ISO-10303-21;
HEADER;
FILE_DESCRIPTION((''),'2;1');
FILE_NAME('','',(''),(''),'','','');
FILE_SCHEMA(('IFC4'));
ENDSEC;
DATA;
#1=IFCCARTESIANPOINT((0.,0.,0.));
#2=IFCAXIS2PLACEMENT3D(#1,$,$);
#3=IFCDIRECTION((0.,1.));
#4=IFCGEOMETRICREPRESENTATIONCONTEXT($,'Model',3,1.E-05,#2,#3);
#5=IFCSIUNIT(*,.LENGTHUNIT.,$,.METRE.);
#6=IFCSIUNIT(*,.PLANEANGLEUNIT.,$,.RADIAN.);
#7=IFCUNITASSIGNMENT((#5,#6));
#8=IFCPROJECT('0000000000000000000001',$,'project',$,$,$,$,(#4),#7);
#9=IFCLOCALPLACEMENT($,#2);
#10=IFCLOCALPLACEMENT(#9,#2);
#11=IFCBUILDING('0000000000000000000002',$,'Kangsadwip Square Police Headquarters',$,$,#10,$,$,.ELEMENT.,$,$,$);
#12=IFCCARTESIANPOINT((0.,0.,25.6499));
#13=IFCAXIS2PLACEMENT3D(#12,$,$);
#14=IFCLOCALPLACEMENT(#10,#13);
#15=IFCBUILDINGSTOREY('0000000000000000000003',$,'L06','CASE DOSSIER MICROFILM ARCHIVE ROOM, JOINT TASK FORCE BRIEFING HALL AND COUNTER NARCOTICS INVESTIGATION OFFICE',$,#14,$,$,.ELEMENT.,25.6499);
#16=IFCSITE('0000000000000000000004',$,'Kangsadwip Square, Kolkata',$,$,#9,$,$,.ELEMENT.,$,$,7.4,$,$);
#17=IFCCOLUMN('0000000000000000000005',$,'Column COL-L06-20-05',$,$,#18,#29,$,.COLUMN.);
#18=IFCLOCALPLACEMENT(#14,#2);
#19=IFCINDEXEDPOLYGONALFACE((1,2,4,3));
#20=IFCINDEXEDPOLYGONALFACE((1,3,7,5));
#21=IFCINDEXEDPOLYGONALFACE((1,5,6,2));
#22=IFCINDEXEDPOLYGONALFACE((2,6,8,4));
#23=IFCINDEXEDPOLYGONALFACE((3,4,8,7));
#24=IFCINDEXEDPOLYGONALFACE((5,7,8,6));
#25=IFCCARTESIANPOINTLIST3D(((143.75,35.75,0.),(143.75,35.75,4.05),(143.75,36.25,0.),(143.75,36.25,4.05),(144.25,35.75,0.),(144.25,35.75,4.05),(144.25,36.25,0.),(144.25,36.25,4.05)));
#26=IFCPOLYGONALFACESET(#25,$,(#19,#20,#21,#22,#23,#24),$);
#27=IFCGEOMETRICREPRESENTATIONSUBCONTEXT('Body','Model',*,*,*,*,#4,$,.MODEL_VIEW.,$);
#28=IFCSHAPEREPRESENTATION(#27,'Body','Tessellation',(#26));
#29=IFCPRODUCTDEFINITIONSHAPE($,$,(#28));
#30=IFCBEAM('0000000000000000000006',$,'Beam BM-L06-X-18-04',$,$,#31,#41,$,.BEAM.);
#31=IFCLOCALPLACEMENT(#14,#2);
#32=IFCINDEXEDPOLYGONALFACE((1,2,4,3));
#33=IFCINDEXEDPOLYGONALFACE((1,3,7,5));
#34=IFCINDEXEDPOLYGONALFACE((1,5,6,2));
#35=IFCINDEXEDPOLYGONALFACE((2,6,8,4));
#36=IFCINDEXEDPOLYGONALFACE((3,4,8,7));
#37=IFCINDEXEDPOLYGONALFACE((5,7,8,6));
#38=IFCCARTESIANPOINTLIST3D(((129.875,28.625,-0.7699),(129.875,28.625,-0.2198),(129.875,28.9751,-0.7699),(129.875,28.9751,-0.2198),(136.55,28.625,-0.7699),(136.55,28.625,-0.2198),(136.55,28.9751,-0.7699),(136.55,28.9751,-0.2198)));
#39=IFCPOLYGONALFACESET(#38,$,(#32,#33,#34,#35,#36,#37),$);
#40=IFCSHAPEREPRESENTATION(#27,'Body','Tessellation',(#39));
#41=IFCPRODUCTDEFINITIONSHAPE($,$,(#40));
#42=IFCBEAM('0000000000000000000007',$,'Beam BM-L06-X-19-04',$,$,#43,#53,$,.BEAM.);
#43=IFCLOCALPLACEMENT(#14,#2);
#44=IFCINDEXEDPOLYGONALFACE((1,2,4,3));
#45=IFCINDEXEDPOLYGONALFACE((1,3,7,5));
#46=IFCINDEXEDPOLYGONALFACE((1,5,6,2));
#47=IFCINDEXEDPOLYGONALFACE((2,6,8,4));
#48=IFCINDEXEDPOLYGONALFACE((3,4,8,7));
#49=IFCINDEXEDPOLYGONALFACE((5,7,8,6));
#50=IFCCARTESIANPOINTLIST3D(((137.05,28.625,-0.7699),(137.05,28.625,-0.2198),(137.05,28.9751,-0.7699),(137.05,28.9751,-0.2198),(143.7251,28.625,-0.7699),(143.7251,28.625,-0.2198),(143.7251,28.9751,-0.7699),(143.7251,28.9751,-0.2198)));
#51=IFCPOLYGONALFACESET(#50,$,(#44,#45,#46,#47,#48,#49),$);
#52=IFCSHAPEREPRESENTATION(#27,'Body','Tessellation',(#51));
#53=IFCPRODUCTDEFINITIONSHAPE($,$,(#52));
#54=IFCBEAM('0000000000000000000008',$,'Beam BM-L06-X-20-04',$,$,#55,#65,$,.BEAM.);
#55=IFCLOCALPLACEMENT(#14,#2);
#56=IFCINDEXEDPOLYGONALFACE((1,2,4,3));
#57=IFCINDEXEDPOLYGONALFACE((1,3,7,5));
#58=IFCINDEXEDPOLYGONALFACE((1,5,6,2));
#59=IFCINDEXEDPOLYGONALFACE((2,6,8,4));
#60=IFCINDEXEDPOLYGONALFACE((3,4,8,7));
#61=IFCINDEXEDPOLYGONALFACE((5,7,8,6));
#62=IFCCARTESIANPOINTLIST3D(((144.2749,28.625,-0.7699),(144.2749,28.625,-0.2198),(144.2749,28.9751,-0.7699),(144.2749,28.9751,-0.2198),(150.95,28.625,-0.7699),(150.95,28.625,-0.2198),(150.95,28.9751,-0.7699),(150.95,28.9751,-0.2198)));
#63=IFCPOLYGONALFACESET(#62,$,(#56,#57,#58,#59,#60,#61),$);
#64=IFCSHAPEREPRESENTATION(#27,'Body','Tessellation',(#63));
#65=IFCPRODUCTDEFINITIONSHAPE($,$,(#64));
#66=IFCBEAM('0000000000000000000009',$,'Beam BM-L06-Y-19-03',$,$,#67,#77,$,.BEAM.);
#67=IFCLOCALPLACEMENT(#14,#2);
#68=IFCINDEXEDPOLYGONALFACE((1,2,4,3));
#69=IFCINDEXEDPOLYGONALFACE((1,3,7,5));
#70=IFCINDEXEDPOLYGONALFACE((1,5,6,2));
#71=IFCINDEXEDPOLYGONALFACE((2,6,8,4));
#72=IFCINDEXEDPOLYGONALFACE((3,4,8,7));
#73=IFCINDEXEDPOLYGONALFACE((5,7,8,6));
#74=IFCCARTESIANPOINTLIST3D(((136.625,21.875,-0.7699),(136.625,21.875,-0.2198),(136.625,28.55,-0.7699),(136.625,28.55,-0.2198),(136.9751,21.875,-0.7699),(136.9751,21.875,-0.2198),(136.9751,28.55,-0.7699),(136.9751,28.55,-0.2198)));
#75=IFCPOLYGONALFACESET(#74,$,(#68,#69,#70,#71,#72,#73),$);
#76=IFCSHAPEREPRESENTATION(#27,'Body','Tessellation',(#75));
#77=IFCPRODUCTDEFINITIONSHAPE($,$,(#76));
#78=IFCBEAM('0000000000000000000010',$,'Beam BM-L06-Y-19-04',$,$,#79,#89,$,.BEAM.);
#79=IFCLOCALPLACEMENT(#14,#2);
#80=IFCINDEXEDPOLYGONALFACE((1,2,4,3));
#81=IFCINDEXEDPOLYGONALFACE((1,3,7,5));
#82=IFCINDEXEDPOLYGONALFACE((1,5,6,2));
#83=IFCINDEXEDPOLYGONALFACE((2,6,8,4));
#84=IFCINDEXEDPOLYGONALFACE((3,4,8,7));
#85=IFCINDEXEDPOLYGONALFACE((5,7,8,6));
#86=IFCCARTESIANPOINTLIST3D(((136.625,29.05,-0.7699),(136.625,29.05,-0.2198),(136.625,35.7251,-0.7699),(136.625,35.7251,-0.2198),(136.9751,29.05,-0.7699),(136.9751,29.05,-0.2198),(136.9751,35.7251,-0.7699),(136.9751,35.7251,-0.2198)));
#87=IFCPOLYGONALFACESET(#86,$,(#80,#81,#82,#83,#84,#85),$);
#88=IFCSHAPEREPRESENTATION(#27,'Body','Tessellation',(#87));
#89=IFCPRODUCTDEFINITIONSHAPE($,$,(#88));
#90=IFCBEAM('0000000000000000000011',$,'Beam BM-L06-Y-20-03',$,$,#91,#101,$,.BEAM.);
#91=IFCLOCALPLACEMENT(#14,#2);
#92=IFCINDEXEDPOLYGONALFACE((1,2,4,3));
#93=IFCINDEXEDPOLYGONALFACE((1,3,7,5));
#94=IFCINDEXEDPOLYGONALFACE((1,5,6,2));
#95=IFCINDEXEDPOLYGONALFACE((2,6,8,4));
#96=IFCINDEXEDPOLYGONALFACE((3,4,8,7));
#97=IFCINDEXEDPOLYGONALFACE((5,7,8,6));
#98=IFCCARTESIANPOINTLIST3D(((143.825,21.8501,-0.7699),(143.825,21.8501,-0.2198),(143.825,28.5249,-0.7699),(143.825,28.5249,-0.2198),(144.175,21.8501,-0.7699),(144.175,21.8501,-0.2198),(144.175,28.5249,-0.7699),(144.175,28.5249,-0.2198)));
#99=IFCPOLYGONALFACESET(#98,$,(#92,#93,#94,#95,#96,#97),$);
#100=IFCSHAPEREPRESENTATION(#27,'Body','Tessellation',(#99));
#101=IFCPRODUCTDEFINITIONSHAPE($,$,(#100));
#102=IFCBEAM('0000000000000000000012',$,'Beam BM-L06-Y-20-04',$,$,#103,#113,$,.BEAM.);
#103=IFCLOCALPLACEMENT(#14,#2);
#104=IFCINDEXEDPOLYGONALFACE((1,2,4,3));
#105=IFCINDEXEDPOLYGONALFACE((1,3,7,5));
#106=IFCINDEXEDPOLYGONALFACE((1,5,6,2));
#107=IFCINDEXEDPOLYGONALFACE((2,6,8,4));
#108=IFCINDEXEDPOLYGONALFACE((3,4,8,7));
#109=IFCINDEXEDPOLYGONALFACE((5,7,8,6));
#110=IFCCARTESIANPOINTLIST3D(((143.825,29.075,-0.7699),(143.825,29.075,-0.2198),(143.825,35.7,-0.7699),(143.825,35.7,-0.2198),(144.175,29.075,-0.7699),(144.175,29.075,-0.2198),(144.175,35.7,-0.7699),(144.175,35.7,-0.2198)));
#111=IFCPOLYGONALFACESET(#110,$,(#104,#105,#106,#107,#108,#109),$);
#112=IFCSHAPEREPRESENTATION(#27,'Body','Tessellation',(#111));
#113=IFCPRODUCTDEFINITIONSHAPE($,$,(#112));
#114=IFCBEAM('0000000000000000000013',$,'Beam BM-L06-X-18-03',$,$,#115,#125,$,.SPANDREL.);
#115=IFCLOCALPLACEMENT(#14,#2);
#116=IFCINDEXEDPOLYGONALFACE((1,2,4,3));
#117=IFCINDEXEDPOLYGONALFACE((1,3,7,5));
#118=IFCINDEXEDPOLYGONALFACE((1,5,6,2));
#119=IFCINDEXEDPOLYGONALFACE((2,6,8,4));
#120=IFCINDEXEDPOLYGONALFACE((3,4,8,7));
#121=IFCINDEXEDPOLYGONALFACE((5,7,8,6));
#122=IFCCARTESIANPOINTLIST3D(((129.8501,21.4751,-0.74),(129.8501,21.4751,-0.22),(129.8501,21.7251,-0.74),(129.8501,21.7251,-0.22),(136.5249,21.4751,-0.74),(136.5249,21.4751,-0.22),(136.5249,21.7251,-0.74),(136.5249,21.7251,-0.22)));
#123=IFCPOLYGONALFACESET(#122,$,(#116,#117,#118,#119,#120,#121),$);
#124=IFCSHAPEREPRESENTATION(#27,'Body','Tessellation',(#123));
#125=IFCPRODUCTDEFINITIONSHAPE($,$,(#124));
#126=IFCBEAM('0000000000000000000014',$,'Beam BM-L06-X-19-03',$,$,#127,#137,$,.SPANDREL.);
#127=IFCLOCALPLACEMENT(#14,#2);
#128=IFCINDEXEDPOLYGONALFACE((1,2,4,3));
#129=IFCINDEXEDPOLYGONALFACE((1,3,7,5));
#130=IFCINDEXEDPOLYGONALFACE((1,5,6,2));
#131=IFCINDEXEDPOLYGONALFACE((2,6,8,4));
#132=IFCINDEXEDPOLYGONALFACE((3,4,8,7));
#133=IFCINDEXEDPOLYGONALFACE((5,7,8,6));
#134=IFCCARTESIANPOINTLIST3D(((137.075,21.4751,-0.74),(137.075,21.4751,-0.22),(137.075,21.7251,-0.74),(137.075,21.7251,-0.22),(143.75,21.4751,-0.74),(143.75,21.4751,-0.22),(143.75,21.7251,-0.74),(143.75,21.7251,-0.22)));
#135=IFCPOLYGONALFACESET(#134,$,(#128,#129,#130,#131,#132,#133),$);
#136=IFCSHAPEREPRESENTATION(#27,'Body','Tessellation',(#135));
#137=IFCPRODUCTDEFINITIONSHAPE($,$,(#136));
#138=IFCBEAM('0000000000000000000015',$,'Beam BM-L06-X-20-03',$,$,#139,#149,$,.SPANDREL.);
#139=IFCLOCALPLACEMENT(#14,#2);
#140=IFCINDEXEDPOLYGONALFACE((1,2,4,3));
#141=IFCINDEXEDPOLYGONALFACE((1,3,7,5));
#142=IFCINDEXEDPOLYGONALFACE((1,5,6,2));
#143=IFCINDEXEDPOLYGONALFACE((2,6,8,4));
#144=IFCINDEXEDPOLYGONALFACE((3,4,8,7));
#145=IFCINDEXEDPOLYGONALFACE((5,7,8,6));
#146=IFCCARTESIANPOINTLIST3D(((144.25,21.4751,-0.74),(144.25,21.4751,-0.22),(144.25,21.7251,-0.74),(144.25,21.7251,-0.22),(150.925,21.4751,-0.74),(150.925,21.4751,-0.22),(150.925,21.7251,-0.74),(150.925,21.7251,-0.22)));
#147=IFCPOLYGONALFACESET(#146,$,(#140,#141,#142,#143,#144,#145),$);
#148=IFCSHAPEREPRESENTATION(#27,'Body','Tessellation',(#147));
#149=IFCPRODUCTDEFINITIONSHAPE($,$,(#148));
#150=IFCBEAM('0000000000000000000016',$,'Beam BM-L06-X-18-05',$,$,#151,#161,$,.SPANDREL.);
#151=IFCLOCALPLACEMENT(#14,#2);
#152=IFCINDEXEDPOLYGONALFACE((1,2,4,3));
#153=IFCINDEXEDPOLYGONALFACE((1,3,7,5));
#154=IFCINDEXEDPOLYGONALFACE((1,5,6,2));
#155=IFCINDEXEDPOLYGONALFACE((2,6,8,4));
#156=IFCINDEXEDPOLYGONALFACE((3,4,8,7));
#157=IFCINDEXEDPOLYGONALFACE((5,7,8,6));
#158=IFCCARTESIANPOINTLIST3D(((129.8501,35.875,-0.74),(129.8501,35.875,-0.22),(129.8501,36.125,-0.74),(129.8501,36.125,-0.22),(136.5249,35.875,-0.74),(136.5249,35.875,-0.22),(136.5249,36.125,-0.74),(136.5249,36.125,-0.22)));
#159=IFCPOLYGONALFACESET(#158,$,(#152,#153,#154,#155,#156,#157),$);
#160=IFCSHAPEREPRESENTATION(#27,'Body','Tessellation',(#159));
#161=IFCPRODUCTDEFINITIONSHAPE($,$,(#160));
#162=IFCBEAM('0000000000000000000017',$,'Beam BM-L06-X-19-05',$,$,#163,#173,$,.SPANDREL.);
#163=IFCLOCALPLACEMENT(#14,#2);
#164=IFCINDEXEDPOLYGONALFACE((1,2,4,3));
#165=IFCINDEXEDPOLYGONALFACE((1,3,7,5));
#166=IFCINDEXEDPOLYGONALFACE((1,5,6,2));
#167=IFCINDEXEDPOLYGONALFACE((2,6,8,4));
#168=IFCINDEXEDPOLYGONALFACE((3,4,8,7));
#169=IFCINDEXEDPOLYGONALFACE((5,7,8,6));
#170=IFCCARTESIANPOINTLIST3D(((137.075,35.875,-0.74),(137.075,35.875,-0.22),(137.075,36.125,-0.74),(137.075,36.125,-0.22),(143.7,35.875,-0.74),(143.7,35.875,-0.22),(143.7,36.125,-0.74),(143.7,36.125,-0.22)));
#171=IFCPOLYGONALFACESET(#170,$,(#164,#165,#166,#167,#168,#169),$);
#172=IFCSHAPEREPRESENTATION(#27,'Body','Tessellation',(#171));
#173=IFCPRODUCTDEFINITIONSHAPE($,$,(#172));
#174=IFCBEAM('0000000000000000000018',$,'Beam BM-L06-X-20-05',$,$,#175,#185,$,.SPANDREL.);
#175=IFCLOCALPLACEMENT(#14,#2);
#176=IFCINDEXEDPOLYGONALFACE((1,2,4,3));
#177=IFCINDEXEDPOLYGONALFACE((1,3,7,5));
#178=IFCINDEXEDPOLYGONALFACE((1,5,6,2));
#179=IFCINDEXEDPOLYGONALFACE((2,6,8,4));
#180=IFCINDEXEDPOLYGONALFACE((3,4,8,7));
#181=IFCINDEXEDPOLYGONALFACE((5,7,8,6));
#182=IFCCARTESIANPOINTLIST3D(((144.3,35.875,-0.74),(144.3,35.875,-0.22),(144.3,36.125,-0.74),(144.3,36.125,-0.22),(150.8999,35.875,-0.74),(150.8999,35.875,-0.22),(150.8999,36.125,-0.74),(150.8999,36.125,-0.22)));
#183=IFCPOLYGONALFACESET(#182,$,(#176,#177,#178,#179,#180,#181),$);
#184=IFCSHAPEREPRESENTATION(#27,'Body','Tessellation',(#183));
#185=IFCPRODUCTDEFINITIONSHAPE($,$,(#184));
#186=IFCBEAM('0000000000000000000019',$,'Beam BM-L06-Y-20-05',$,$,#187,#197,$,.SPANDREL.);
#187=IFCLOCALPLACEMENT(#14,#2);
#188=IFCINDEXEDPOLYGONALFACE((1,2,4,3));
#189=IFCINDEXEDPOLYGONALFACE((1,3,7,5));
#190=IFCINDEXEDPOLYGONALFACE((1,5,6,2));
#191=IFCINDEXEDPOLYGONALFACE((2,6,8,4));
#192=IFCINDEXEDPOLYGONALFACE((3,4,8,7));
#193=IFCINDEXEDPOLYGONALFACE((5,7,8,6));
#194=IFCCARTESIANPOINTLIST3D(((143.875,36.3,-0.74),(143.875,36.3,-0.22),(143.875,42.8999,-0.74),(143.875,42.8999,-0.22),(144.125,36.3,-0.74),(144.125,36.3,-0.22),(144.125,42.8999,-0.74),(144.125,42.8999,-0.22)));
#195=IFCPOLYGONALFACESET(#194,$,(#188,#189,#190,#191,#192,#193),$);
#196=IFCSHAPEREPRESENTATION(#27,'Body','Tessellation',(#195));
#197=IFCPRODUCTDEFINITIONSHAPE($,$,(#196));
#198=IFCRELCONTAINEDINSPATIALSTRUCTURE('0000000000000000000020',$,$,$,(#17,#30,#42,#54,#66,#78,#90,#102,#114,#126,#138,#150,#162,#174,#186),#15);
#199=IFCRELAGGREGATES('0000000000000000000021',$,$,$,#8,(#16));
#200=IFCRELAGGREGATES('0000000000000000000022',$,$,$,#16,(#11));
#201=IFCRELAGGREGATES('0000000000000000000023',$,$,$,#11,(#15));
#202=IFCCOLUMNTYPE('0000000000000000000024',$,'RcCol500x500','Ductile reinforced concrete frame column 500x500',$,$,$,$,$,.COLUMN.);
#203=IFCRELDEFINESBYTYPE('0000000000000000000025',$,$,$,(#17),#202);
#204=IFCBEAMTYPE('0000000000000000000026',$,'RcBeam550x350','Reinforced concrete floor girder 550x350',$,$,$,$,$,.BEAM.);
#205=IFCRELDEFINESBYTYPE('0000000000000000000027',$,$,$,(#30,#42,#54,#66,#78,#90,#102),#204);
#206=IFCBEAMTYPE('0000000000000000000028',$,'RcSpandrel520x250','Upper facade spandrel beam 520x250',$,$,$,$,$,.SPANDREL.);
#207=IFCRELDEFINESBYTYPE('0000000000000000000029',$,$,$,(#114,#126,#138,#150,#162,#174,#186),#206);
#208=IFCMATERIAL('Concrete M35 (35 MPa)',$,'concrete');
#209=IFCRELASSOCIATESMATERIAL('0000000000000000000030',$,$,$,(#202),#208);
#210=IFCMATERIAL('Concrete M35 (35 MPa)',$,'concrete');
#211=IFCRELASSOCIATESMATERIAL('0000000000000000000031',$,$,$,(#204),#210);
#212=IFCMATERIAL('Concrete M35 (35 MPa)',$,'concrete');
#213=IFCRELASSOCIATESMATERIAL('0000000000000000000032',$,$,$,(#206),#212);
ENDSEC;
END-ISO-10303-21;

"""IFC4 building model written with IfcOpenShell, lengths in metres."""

from ifc_helpers import new_model, si_unit, direction, frame, origin, origin_2d, place, context, subcontext, project, spatial, rectangle, extrude, material, material_profile, profile_set, type_object, element, save


model = new_model("IFC4")

# Units and contexts
model_context = context("Model", 3, precision=1e-05, world=origin(), true_north=direction((0.0, 1.0)))
body_context = subcontext(model_context, "Body", "Model", "MODEL_VIEW")
ifc_project = project(units=[si_unit("LENGTHUNIT", "METRE"), si_unit("PLANEANGLEUNIT", "RADIAN")], contexts=[model_context])

# Site, building, storey
site_placement = place(None, origin())
site = spatial("IfcSite", under=ifc_project, at=site_placement, Name="Kangsadwip Square, Kolkata", CompositionType="ELEMENT", RefElevation=7.4)
building_placement = place(site_placement, origin())
building = spatial("IfcBuilding", under=site, at=building_placement, Name="Kangsadwip Square Police Headquarters", CompositionType="ELEMENT")
storey_placement = place(building_placement, frame((0.0, 0.0, 25.6499)))
storey = spatial("IfcBuildingStorey", under=building, at=storey_placement, Name="L06", Description="CASE DOSSIER MICROFILM ARCHIVE ROOM, JOINT TASK FORCE BRIEFING HALL AND COUNTER NARCOTICS INVESTIGATION OFFICE", CompositionType="ELEMENT", Elevation=25.6499)

# Column
ifc_material_1 = material(Name="Concrete M35 (35 MPa)", Category="concrete")
ifc_material_profile_1 = material_profile(ifc_material_1, rectangle(XDim=0.5, YDim=0.5, at=origin_2d()), Name="RC COL 500X500")
ifc_profile_set_1 = profile_set([ifc_material_profile_1], Name="Concrete M35 (35 MPa)")
column_type = type_object("IfcColumnType", Name="RcCol500x500", Description="Ductile reinforced concrete frame column 500x500", PredefinedType="COLUMN", material=ifc_profile_set_1)
column_placement = place(storey_placement, frame((144.0, 36.0, 0.0), z_axis=(0.0, 0.0, 1.0), x_axis=(1.0, 0.0, 0.0)))
element("IfcColumn", 1, at=column_placement, inside=storey, type_object=column_type, Name="Column COL-L06-20-05", PredefinedType="COLUMN", context=body_context, shape_type="SweptSolid", body=[
    extrude(rectangle(XDim=0.5, YDim=0.5, at=origin_2d()), origin(), (0.0, 0.0, 1.0), 4.05),
])

# Beams
ifc_material_2 = material(Name="Concrete M35 (35 MPa)", Category="concrete")
ifc_material_profile_2 = material_profile(ifc_material_2, rectangle(XDim=0.3501, YDim=0.55, at=origin_2d()), Name="RC BM 550X350")
ifc_profile_set_2 = profile_set([ifc_material_profile_2], Name="Concrete M35 (35 MPa)")
beam_type_1 = type_object("IfcBeamType", Name="RcBeam550x350", Description="Reinforced concrete floor girder 550x350", PredefinedType="BEAM", material=ifc_profile_set_2)
for number, where, z_axis, x_axis, name in (
    (2, (129.875, 28.8, -0.4949), (1.0, 0.0, 0.0), (0.0, 1.0, 0.0), "Beam BM-L06-X-18-04"),
    (3, (137.05, 28.8, -0.4949), (1.0, 0.0, 0.0), (0.0, 1.0, 0.0), "Beam BM-L06-X-19-04"),
    (4, (144.2749, 28.8, -0.4949), (1.0, 0.0, 0.0), (0.0, 1.0, 0.0), "Beam BM-L06-X-20-04"),
    (5, (136.8, 21.875, -0.4949), (0.0, 1.0, 0.0), (-1.0, 0.0, 0.0), "Beam BM-L06-Y-19-03"),
    (6, (136.8, 29.05, -0.4949), (0.0, 1.0, 0.0), (-1.0, 0.0, 0.0), "Beam BM-L06-Y-19-04"),
):
    element("IfcBeam", number, at=place(storey_placement, frame(where, z_axis=z_axis, x_axis=x_axis)), inside=storey, type_object=beam_type_1, Name=name, PredefinedType="BEAM", context=body_context, shape_type="SweptSolid", body=[
        extrude(rectangle(XDim=0.3501, YDim=0.55, at=origin_2d()), origin(), (0.0, 0.0, 1.0), 6.675),
    ])
beam_1_placement = place(storey_placement, frame((144.0, 21.8501, -0.4949), z_axis=(0.0, 1.0, 0.0), x_axis=(-1.0, 0.0, 0.0)))
element("IfcBeam", 7, at=beam_1_placement, inside=storey, type_object=beam_type_1, Name="Beam BM-L06-Y-20-03", PredefinedType="BEAM", context=body_context, shape_type="SweptSolid", body=[
    extrude(rectangle(XDim=0.3501, YDim=0.55, at=origin_2d()), origin(), (0.0, 0.0, 1.0), 6.6748),
])
beam_2_placement = place(storey_placement, frame((144.0, 29.075, -0.4949), z_axis=(0.0, 1.0, 0.0), x_axis=(-1.0, 0.0, 0.0)))
element("IfcBeam", 8, at=beam_2_placement, inside=storey, type_object=beam_type_1, Name="Beam BM-L06-Y-20-04", PredefinedType="BEAM", context=body_context, shape_type="SweptSolid", body=[
    extrude(rectangle(XDim=0.3501, YDim=0.55, at=origin_2d()), origin(), (0.0, 0.0, 1.0), 6.625),
])
ifc_material_3 = material(Name="Concrete M35 (35 MPa)", Category="concrete")
ifc_material_profile_3 = material_profile(ifc_material_3, rectangle(XDim=0.25, YDim=0.52, at=origin_2d()), Name="RC SPN 520X250")
ifc_profile_set_3 = profile_set([ifc_material_profile_3], Name="Concrete M35 (35 MPa)")
beam_type_2 = type_object("IfcBeamType", Name="RcSpandrel520x250", Description="Upper facade spandrel beam 520x250", PredefinedType="SPANDREL", material=ifc_profile_set_3)
beam_3_placement = place(storey_placement, frame((129.8501, 21.6001, -0.48), z_axis=(1.0, 0.0, 0.0), x_axis=(0.0, 1.0, 0.0)))
element("IfcBeam", 9, at=beam_3_placement, inside=storey, type_object=beam_type_2, Name="Beam BM-L06-X-18-03", PredefinedType="SPANDREL", context=body_context, shape_type="SweptSolid", body=[
    extrude(rectangle(XDim=0.25, YDim=0.52, at=origin_2d()), origin(), (0.0, 0.0, 1.0), 6.6748),
])
for number, where, z_axis, x_axis, name in (
    (10, (137.075, 21.6001, -0.48), (1.0, 0.0, 0.0), (0.0, 1.0, 0.0), "Beam BM-L06-X-19-03"),
    (11, (144.25, 21.6001, -0.48), (1.0, 0.0, 0.0), (0.0, 1.0, 0.0), "Beam BM-L06-X-20-03"),
):
    element("IfcBeam", number, at=place(storey_placement, frame(where, z_axis=z_axis, x_axis=x_axis)), inside=storey, type_object=beam_type_2, Name=name, PredefinedType="SPANDREL", context=body_context, shape_type="SweptSolid", body=[
        extrude(rectangle(XDim=0.25, YDim=0.52, at=origin_2d()), origin(), (0.0, 0.0, 1.0), 6.675),
    ])
beam_4_placement = place(storey_placement, frame((129.8501, 36.0, -0.48), z_axis=(1.0, 0.0, 0.0), x_axis=(0.0, 1.0, 0.0)))
element("IfcBeam", 12, at=beam_4_placement, inside=storey, type_object=beam_type_2, Name="Beam BM-L06-X-18-05", PredefinedType="SPANDREL", context=body_context, shape_type="SweptSolid", body=[
    extrude(rectangle(XDim=0.25, YDim=0.52, at=origin_2d()), origin(), (0.0, 0.0, 1.0), 6.6748),
])
beam_5_placement = place(storey_placement, frame((137.075, 36.0, -0.48), z_axis=(1.0, 0.0, 0.0), x_axis=(0.0, 1.0, 0.0)))
element("IfcBeam", 13, at=beam_5_placement, inside=storey, type_object=beam_type_2, Name="Beam BM-L06-X-19-05", PredefinedType="SPANDREL", context=body_context, shape_type="SweptSolid", body=[
    extrude(rectangle(XDim=0.25, YDim=0.52, at=origin_2d()), origin(), (0.0, 0.0, 1.0), 6.625),
])
for number, where, z_axis, x_axis, name in (
    (14, (144.3, 36.0, -0.48), (1.0, 0.0, 0.0), (0.0, 1.0, 0.0), "Beam BM-L06-X-20-05"),
    (15, (144.0, 36.3, -0.48), (0.0, 1.0, 0.0), (-1.0, 0.0, 0.0), "Beam BM-L06-Y-20-05"),
):
    element("IfcBeam", number, at=place(storey_placement, frame(where, z_axis=z_axis, x_axis=x_axis)), inside=storey, type_object=beam_type_2, Name=name, PredefinedType="SPANDREL", context=body_context, shape_type="SweptSolid", body=[
        extrude(rectangle(XDim=0.25, YDim=0.52, at=origin_2d()), origin(), (0.0, 0.0, 1.0), 6.5999),
    ])

save(model, "model.ifc")
